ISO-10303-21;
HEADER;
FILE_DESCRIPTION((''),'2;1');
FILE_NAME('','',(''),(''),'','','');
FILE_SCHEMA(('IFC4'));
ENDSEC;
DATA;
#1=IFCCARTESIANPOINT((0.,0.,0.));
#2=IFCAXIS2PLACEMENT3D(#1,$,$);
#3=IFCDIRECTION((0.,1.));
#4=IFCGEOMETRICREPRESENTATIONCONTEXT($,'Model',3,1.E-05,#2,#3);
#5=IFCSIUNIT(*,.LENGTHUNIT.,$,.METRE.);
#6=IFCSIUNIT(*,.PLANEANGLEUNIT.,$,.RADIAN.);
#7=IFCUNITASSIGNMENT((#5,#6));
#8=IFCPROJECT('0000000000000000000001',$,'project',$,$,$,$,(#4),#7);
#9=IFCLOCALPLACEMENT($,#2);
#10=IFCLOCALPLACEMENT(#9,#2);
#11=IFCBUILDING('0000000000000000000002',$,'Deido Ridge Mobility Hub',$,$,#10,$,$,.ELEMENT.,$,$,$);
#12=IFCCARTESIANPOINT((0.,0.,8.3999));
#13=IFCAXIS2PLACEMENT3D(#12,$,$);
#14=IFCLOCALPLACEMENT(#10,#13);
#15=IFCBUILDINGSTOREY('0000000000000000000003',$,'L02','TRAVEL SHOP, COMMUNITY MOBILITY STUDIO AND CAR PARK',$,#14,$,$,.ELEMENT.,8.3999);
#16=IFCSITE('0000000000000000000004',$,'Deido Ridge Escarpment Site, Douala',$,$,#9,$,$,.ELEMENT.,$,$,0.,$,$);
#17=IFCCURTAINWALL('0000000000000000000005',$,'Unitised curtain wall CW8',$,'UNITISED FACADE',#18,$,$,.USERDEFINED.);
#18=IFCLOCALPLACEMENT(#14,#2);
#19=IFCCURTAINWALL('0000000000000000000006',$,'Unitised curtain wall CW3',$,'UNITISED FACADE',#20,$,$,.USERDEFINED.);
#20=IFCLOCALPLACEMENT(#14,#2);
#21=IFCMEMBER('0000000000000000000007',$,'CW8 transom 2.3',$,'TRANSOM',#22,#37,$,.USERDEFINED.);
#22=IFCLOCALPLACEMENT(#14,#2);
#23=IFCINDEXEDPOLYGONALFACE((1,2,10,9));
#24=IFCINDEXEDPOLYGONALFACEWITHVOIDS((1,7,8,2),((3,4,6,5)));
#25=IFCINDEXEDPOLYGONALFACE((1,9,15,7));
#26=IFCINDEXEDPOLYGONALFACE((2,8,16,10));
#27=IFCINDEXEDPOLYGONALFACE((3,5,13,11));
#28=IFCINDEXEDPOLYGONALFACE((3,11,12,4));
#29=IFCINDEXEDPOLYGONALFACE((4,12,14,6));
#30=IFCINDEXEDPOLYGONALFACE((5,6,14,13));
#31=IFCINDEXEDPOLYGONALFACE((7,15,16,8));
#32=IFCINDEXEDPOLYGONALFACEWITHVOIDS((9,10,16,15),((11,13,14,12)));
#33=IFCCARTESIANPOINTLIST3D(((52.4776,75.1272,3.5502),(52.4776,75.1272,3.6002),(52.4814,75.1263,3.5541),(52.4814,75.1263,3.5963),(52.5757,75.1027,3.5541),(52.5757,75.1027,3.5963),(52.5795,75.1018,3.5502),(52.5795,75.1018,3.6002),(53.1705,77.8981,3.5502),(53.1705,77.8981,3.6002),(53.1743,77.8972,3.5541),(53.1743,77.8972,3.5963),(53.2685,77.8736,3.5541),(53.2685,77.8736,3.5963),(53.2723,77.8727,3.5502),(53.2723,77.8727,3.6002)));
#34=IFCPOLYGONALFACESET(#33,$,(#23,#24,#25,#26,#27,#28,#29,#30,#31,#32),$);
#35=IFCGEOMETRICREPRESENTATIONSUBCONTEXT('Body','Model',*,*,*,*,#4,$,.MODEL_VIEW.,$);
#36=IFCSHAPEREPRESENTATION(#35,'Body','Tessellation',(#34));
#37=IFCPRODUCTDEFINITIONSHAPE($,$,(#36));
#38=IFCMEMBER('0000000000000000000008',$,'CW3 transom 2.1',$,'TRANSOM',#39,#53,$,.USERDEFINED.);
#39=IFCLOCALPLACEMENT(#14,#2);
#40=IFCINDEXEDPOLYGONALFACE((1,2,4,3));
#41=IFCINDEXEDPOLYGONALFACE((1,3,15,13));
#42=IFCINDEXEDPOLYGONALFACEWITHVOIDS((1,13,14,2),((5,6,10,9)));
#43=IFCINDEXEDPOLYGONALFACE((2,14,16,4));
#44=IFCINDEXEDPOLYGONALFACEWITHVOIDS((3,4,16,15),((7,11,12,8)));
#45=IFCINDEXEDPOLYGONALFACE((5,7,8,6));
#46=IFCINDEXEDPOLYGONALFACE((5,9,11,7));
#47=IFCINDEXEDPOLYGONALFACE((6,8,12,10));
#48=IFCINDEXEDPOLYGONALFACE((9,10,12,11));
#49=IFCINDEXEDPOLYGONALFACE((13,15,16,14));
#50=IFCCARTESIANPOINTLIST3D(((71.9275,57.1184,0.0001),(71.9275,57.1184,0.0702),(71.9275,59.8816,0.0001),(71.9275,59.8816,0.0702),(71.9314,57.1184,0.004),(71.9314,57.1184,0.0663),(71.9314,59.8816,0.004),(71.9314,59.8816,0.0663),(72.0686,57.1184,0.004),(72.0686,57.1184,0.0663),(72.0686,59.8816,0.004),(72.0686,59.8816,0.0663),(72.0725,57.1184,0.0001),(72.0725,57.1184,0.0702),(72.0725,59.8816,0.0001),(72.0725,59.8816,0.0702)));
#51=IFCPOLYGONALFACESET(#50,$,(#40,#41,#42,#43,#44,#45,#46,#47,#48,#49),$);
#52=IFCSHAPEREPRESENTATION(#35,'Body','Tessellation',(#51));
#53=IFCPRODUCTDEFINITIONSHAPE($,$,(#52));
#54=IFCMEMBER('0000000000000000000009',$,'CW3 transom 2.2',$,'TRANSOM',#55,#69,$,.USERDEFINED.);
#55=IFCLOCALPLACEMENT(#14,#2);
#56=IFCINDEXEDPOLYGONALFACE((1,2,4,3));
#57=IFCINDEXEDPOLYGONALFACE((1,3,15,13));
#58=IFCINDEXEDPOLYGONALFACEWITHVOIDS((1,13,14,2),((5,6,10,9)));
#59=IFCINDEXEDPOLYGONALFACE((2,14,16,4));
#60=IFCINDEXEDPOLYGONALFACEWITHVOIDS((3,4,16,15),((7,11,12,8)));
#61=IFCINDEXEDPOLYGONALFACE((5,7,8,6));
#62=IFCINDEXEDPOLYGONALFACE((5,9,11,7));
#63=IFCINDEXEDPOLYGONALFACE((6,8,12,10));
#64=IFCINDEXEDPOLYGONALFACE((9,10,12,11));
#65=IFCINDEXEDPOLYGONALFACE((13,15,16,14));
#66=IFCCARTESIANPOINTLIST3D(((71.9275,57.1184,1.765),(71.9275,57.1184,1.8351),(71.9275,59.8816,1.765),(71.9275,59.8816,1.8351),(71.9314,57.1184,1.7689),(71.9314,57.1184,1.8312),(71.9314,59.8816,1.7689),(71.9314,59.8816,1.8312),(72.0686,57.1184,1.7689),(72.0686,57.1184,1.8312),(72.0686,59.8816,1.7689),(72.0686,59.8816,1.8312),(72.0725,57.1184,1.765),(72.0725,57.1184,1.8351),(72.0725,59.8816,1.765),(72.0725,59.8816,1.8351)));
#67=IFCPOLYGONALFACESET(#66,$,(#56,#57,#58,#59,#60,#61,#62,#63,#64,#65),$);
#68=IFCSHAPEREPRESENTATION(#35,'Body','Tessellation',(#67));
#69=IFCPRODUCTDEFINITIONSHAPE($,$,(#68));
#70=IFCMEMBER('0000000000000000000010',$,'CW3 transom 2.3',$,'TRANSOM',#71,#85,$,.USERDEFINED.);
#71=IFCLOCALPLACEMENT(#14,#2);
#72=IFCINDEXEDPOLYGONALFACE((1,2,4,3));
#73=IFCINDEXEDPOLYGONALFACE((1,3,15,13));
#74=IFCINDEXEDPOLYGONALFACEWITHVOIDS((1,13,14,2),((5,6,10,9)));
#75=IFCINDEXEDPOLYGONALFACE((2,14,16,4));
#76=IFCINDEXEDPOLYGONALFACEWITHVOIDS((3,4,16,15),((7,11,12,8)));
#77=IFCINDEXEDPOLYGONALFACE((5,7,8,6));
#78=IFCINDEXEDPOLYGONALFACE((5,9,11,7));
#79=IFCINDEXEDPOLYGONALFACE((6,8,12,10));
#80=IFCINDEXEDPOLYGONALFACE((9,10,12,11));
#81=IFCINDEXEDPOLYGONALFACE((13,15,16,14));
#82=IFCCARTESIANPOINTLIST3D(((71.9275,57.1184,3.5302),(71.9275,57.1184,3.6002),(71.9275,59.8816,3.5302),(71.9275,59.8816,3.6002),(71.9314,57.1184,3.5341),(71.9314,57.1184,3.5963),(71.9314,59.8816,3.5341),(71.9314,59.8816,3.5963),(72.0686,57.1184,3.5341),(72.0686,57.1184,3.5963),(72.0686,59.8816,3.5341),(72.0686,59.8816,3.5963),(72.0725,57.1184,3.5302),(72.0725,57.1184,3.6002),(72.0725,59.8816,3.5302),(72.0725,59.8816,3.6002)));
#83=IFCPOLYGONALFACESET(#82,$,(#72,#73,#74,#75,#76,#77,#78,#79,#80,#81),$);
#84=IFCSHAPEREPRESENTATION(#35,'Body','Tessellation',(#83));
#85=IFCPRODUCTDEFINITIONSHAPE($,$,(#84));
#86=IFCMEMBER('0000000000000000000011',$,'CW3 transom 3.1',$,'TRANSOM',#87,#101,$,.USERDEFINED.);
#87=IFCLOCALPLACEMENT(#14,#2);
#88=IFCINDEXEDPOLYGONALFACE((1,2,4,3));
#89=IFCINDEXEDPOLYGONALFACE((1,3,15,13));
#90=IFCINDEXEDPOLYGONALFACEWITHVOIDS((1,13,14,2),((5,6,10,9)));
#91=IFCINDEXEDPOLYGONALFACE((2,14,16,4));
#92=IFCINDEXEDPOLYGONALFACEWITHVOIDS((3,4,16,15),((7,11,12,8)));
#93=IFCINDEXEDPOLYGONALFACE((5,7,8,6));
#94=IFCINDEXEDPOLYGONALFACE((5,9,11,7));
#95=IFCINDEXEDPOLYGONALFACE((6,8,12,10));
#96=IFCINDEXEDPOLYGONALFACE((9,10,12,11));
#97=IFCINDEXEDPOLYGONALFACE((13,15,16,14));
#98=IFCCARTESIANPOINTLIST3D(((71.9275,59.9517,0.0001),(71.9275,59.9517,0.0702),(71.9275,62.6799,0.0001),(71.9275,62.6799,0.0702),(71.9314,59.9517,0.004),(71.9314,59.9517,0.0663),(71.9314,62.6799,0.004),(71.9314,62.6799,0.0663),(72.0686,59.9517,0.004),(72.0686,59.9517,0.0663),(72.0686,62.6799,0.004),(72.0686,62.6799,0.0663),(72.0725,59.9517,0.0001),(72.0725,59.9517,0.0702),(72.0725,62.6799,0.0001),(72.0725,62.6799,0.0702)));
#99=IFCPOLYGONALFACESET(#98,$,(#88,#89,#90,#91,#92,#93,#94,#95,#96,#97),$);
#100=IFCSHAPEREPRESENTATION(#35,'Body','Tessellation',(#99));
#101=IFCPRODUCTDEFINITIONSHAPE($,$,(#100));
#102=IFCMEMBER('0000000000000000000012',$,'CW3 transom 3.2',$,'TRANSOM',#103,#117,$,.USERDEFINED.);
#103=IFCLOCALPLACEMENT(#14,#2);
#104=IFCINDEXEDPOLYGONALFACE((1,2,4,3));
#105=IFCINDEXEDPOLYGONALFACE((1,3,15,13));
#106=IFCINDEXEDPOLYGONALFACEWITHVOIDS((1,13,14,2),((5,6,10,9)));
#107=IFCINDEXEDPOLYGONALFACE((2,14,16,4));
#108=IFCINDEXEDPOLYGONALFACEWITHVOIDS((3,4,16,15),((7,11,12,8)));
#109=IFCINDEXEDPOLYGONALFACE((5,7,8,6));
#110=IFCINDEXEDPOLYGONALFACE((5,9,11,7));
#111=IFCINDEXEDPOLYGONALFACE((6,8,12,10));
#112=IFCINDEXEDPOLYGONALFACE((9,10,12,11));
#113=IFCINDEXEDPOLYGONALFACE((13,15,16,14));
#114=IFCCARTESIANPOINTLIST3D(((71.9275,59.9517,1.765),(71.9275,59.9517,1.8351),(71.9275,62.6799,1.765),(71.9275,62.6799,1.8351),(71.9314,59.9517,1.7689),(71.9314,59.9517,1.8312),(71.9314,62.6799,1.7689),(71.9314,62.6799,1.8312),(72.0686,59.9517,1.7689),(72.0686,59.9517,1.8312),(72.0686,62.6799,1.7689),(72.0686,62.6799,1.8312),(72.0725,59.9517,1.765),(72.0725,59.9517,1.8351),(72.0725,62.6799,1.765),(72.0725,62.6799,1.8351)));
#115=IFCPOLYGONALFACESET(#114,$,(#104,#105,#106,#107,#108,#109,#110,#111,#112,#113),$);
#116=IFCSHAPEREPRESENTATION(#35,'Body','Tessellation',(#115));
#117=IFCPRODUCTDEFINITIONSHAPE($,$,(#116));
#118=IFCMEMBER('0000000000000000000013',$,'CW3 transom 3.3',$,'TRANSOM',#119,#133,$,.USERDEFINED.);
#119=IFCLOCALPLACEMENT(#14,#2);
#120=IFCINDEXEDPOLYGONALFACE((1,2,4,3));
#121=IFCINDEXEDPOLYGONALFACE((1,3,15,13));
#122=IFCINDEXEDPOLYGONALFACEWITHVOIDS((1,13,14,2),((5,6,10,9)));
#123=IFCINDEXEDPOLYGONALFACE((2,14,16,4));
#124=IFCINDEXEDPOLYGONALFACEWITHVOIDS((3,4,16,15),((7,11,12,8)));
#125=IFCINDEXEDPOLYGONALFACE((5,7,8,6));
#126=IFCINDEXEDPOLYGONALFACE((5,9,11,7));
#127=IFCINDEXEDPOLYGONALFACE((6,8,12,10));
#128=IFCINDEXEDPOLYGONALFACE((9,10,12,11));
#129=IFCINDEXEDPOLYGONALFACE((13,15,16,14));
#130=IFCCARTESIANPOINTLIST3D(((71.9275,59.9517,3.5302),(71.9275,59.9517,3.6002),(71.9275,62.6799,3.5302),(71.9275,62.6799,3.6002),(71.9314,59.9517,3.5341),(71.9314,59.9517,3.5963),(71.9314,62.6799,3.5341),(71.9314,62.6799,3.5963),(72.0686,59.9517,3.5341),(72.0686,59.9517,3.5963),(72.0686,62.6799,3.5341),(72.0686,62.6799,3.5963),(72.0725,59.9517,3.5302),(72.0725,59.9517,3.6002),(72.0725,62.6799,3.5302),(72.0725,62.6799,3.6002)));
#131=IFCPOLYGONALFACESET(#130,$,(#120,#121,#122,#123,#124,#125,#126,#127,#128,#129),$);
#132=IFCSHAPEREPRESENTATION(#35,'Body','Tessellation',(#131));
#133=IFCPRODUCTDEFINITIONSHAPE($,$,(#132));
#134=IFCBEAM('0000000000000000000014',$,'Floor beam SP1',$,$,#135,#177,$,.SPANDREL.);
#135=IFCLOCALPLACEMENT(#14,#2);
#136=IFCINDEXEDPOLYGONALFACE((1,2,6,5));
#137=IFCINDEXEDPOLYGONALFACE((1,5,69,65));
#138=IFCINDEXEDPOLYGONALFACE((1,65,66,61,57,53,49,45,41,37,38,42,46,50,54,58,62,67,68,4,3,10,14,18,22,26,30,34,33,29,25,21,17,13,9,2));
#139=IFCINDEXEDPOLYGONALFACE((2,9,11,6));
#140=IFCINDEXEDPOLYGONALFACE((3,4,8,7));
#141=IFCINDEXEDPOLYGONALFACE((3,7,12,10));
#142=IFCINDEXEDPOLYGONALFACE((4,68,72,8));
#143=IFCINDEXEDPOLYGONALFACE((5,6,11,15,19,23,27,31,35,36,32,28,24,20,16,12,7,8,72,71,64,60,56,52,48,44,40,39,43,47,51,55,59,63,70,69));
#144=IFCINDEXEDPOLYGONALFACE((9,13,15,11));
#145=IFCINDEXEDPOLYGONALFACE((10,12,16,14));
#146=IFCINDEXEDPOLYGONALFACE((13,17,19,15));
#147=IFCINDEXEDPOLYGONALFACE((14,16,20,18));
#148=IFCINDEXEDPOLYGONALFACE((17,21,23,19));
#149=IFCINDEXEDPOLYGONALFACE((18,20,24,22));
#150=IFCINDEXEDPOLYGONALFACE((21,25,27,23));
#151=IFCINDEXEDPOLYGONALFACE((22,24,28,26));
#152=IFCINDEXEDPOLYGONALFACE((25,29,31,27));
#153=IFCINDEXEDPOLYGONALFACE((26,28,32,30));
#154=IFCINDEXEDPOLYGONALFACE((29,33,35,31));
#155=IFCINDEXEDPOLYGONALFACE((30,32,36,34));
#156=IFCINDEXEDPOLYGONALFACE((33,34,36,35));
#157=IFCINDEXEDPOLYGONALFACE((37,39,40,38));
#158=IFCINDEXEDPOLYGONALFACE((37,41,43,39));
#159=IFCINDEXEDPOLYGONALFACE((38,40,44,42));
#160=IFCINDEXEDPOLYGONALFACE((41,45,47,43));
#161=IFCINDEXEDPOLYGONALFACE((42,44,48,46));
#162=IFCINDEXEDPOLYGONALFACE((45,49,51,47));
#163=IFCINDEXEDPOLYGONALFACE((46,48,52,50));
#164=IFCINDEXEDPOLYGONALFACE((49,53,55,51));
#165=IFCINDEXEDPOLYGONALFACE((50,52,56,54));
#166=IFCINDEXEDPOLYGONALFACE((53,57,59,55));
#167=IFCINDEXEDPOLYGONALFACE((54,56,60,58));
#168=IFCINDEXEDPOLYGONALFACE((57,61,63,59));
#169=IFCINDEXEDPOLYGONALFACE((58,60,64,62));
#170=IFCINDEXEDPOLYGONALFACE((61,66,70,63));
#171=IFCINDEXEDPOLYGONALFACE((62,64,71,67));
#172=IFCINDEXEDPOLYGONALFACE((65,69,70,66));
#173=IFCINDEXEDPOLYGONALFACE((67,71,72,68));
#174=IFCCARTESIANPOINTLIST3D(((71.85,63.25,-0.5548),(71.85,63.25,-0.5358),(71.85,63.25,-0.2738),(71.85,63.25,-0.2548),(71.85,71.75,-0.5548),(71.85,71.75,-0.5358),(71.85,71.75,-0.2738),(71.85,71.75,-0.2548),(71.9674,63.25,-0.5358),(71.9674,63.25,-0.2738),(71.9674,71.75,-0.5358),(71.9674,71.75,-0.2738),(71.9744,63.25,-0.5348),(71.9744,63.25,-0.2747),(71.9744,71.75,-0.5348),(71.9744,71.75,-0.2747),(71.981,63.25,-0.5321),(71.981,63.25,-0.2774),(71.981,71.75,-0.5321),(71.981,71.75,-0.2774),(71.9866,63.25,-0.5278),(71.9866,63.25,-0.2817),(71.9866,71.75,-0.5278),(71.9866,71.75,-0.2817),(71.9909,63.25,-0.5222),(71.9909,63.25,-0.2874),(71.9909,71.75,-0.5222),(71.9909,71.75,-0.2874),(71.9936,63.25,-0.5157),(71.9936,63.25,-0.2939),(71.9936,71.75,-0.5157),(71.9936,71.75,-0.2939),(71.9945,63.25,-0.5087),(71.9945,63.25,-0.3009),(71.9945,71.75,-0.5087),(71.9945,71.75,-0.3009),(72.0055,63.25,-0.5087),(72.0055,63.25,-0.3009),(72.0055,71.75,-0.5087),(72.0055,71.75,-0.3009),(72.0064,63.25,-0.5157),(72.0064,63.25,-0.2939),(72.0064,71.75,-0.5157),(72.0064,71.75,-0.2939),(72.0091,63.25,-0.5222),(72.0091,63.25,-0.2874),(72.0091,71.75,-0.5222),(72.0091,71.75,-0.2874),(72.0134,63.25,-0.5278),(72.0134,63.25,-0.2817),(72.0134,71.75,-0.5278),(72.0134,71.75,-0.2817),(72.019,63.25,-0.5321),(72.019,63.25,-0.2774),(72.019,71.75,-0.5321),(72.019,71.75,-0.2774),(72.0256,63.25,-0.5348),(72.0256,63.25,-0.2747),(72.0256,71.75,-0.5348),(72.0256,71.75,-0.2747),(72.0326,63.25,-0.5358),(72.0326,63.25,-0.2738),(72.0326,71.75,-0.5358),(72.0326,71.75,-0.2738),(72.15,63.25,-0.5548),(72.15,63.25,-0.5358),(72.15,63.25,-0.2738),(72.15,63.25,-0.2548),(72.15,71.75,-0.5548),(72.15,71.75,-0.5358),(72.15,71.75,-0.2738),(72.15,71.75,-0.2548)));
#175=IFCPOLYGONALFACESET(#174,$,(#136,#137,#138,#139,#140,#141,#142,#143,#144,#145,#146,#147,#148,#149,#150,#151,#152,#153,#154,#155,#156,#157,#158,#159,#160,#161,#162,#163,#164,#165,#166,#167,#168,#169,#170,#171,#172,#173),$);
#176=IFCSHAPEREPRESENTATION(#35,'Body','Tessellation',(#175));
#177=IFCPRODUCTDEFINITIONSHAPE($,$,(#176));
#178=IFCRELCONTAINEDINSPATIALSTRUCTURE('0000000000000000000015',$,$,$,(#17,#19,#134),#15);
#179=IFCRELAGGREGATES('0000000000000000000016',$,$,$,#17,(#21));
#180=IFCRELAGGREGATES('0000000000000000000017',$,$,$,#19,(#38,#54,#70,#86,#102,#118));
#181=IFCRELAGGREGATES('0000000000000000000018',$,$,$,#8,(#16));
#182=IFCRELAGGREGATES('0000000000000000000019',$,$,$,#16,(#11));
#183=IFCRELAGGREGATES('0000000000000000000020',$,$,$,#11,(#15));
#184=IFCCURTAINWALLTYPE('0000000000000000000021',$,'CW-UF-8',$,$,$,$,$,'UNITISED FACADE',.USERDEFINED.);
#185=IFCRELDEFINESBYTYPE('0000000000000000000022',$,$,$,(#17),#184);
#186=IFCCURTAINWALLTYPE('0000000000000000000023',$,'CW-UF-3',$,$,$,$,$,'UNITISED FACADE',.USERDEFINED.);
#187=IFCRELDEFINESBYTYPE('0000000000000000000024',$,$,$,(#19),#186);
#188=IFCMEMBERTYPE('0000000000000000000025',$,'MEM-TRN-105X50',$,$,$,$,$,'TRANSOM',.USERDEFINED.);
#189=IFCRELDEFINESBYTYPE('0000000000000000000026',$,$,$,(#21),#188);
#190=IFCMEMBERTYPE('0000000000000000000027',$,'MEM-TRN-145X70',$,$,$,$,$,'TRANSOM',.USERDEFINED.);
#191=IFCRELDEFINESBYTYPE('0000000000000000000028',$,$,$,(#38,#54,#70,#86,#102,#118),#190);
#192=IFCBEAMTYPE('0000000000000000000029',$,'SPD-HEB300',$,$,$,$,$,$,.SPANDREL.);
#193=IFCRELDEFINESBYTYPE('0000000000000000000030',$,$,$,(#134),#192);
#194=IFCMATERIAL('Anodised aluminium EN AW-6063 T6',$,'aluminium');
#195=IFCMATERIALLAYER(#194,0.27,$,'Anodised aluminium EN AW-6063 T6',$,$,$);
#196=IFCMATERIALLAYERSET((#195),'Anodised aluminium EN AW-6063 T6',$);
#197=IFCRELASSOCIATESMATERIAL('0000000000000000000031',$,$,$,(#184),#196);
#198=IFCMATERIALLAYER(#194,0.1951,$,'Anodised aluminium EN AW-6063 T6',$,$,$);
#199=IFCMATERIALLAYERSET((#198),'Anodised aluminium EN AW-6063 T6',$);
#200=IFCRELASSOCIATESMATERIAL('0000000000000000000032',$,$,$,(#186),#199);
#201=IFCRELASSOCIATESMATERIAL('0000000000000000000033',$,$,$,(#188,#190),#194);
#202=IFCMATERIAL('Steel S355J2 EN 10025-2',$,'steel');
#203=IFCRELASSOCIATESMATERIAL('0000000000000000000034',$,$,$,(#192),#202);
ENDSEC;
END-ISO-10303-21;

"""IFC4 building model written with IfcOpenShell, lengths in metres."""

from ifc_helpers import new_model, si_unit, direction, frame, origin, origin_2d, place, context, subcontext, project, spatial, hollow_rectangle, i_section, extrude, material, layer, layer_set, material_profile, profile_set, type_object, element, aggregate, save


model = new_model("IFC4")

# Units and contexts
model_context = context("Model", 3, precision=1e-05, world=origin(), true_north=direction((0.0, 1.0)))
body_context = subcontext(model_context, "Body", "Model", "MODEL_VIEW")
ifc_project = project(units=[si_unit("LENGTHUNIT", "METRE"), si_unit("PLANEANGLEUNIT", "RADIAN")], contexts=[model_context])

# Site, building, storey
site_placement = place(None, origin())
site = spatial("IfcSite", under=ifc_project, at=site_placement, Name="Deido Ridge Escarpment Site, Douala", CompositionType="ELEMENT", RefElevation=0.0)
building_placement = place(site_placement, origin())
building = spatial("IfcBuilding", under=site, at=building_placement, Name="Deido Ridge Mobility Hub", CompositionType="ELEMENT")
storey_placement = place(building_placement, frame((0.0, 0.0, 8.3999)))
storey = spatial("IfcBuildingStorey", under=building, at=storey_placement, Name="L02", Description="TRAVEL SHOP, COMMUNITY MOBILITY STUDIO AND CAR PARK", CompositionType="ELEMENT", Elevation=8.3999)

# Shared definitions
ifc_material_1 = material(Name="Steel S355J2 EN 10025-2", Category="steel")

# Curtain walls
ifc_material_2 = material(Name="Anodised aluminium EN AW-6063 T6", Category="aluminium")
ifc_layer_1 = layer(ifc_material_2, 0.27, Name="Anodised aluminium EN AW-6063 T6")
ifc_layer_set_1 = layer_set([ifc_layer_1], Name="Anodised aluminium EN AW-6063 T6")
curtain_wall_type_1 = type_object("IfcCurtainWallType", Name="CW-UF-8", ElementType="UNITISED FACADE", PredefinedType="USERDEFINED", material=ifc_layer_set_1)
curtain_wall_1_placement = place(storey_placement, origin())
curtain_wall_1 = element("IfcCurtainWall", 1, at=curtain_wall_1_placement, inside=storey, type_object=curtain_wall_type_1, Name="Unitised curtain wall CW8", ObjectType="UNITISED FACADE", PredefinedType="USERDEFINED")
ifc_layer_2 = layer(ifc_material_2, 0.1951, Name="Anodised aluminium EN AW-6063 T6")
ifc_layer_set_2 = layer_set([ifc_layer_2], Name="Anodised aluminium EN AW-6063 T6")
curtain_wall_type_2 = type_object("IfcCurtainWallType", Name="CW-UF-3", ElementType="UNITISED FACADE", PredefinedType="USERDEFINED", material=ifc_layer_set_2)
curtain_wall_2_placement = place(storey_placement, origin())
curtain_wall_2 = element("IfcCurtainWall", 2, at=curtain_wall_2_placement, inside=storey, type_object=curtain_wall_type_2, Name="Unitised curtain wall CW3", ObjectType="UNITISED FACADE", PredefinedType="USERDEFINED")

# Members
ifc_material_profile_1 = material_profile(ifc_material_2, hollow_rectangle(XDim=0.105, YDim=0.05, WallThickness=0.0039, at=origin_2d()), Name="RHS 105x50x4")
ifc_profile_set_1 = profile_set([ifc_material_profile_1], Name="Anodised aluminium EN AW-6063 T6")
member_type_1 = type_object("IfcMemberType", Name="MEM-TRN-105X50", ElementType="TRANSOM", PredefinedType="USERDEFINED", material=ifc_profile_set_1)
member_1_placement = place(storey_placement, frame((52.5286, 75.1145, 3.5752), z_axis=(0.242576, 0.970132, 0.0), x_axis=(-0.970132, 0.242576, 0.0)))
member_1 = element("IfcMember", 3, at=member_1_placement, type_object=member_type_1, Name="CW8 transom 2.3", ObjectType="TRANSOM", PredefinedType="USERDEFINED", context=body_context, shape_type="SweptSolid", body=[
    extrude(hollow_rectangle(XDim=0.105, YDim=0.05, WallThickness=0.0039, at=origin_2d()), origin(), (0.0, 0.0, 1.0), 2.8562),
])
ifc_material_profile_2 = material_profile(ifc_material_2, hollow_rectangle(XDim=0.145, YDim=0.0701, WallThickness=0.0039, at=origin_2d()), Name="RHS 145x70x4")
ifc_profile_set_2 = profile_set([ifc_material_profile_2], Name="Anodised aluminium EN AW-6063 T6")
member_type_2 = type_object("IfcMemberType", Name="MEM-TRN-145X70", ElementType="TRANSOM", PredefinedType="USERDEFINED", material=ifc_profile_set_2)
member_2_placement = place(storey_placement, frame((72.0, 57.1184, 0.0352), z_axis=(0.0, 1.0, 0.0), x_axis=(-1.0, 0.0, 0.0)))
member_2 = element("IfcMember", 4, at=member_2_placement, type_object=member_type_2, Name="CW3 transom 2.1", ObjectType="TRANSOM", PredefinedType="USERDEFINED", context=body_context, shape_type="SweptSolid", body=[
    extrude(hollow_rectangle(XDim=0.145, YDim=0.0701, WallThickness=0.0039, at=origin_2d()), origin(), (0.0, 0.0, 1.0), 2.7632),
])
member_3_placement = place(storey_placement, frame((72.0, 57.1184, 1.8), z_axis=(0.0, 1.0, 0.0), x_axis=(-1.0, 0.0, 0.0)))
member_3 = element("IfcMember", 5, at=member_3_placement, type_object=member_type_2, Name="CW3 transom 2.2", ObjectType="TRANSOM", PredefinedType="USERDEFINED", context=body_context, shape_type="SweptSolid", body=[
    extrude(hollow_rectangle(XDim=0.145, YDim=0.0701, WallThickness=0.0039, at=origin_2d()), origin(), (0.0, 0.0, 1.0), 2.7632),
])
member_4_placement = place(storey_placement, frame((72.0, 57.1184, 3.5652), z_axis=(0.0, 1.0, 0.0), x_axis=(-1.0, 0.0, 0.0)))
member_4 = element("IfcMember", 6, at=member_4_placement, type_object=member_type_2, Name="CW3 transom 2.3", ObjectType="TRANSOM", PredefinedType="USERDEFINED", context=body_context, shape_type="SweptSolid", body=[
    extrude(hollow_rectangle(XDim=0.145, YDim=0.0701, WallThickness=0.0039, at=origin_2d()), origin(), (0.0, 0.0, 1.0), 2.7632),
])
member_5_placement = place(storey_placement, frame((72.0, 59.9517, 0.0352), z_axis=(0.0, 1.0, 0.0), x_axis=(-1.0, 0.0, 0.0)))
member_5 = element("IfcMember", 7, at=member_5_placement, type_object=member_type_2, Name="CW3 transom 3.1", ObjectType="TRANSOM", PredefinedType="USERDEFINED", context=body_context, shape_type="SweptSolid", body=[
    extrude(hollow_rectangle(XDim=0.145, YDim=0.0701, WallThickness=0.0039, at=origin_2d()), origin(), (0.0, 0.0, 1.0), 2.7283),
])
member_6_placement = place(storey_placement, frame((72.0, 59.9517, 1.8), z_axis=(0.0, 1.0, 0.0), x_axis=(-1.0, 0.0, 0.0)))
member_6 = element("IfcMember", 8, at=member_6_placement, type_object=member_type_2, Name="CW3 transom 3.2", ObjectType="TRANSOM", PredefinedType="USERDEFINED", context=body_context, shape_type="SweptSolid", body=[
    extrude(hollow_rectangle(XDim=0.145, YDim=0.0701, WallThickness=0.0039, at=origin_2d()), origin(), (0.0, 0.0, 1.0), 2.7283),
])
member_7_placement = place(storey_placement, frame((72.0, 59.9517, 3.5652), z_axis=(0.0, 1.0, 0.0), x_axis=(-1.0, 0.0, 0.0)))
member_7 = element("IfcMember", 9, at=member_7_placement, type_object=member_type_2, Name="CW3 transom 3.3", ObjectType="TRANSOM", PredefinedType="USERDEFINED", context=body_context, shape_type="SweptSolid", body=[
    extrude(hollow_rectangle(XDim=0.145, YDim=0.0701, WallThickness=0.0039, at=origin_2d()), origin(), (0.0, 0.0, 1.0), 2.7283),
])

# Beam
ifc_material_profile_3 = material_profile(ifc_material_1, i_section(OverallWidth=0.3, OverallDepth=0.3, WebThickness=0.011, FlangeThickness=0.019, FilletRadius=0.0271, at=origin_2d()), Name="HEB 300")
ifc_profile_set_3 = profile_set([ifc_material_profile_3], Name="Steel S355J2 EN 10025-2")
beam_type = type_object("IfcBeamType", Name="SPD-HEB300", PredefinedType="SPANDREL", material=ifc_profile_set_3)
for number, where, z_axis, x_axis, name in (
    (10, (72.0, 63.25, -0.4048), (0.0, 1.0, 0.0), (-1.0, 0.0, 0.0), "Floor beam SP1"),
):
    element("IfcBeam", number, at=place(storey_placement, frame(where, z_axis=z_axis, x_axis=x_axis)), inside=storey, type_object=beam_type, Name=name, PredefinedType="SPANDREL", context=body_context, shape_type="SweptSolid", body=[
        extrude(i_section(OverallWidth=0.3, OverallDepth=0.3, WebThickness=0.011, FlangeThickness=0.019, FilletRadius=0.0271, at=origin_2d()), origin(), (0.0, 0.0, 1.0), 8.5),
    ])

aggregate(curtain_wall_1, [member_1])
aggregate(curtain_wall_2, [member_2, member_3, member_4, member_5, member_6, member_7])

save(model, "model.ifc")
